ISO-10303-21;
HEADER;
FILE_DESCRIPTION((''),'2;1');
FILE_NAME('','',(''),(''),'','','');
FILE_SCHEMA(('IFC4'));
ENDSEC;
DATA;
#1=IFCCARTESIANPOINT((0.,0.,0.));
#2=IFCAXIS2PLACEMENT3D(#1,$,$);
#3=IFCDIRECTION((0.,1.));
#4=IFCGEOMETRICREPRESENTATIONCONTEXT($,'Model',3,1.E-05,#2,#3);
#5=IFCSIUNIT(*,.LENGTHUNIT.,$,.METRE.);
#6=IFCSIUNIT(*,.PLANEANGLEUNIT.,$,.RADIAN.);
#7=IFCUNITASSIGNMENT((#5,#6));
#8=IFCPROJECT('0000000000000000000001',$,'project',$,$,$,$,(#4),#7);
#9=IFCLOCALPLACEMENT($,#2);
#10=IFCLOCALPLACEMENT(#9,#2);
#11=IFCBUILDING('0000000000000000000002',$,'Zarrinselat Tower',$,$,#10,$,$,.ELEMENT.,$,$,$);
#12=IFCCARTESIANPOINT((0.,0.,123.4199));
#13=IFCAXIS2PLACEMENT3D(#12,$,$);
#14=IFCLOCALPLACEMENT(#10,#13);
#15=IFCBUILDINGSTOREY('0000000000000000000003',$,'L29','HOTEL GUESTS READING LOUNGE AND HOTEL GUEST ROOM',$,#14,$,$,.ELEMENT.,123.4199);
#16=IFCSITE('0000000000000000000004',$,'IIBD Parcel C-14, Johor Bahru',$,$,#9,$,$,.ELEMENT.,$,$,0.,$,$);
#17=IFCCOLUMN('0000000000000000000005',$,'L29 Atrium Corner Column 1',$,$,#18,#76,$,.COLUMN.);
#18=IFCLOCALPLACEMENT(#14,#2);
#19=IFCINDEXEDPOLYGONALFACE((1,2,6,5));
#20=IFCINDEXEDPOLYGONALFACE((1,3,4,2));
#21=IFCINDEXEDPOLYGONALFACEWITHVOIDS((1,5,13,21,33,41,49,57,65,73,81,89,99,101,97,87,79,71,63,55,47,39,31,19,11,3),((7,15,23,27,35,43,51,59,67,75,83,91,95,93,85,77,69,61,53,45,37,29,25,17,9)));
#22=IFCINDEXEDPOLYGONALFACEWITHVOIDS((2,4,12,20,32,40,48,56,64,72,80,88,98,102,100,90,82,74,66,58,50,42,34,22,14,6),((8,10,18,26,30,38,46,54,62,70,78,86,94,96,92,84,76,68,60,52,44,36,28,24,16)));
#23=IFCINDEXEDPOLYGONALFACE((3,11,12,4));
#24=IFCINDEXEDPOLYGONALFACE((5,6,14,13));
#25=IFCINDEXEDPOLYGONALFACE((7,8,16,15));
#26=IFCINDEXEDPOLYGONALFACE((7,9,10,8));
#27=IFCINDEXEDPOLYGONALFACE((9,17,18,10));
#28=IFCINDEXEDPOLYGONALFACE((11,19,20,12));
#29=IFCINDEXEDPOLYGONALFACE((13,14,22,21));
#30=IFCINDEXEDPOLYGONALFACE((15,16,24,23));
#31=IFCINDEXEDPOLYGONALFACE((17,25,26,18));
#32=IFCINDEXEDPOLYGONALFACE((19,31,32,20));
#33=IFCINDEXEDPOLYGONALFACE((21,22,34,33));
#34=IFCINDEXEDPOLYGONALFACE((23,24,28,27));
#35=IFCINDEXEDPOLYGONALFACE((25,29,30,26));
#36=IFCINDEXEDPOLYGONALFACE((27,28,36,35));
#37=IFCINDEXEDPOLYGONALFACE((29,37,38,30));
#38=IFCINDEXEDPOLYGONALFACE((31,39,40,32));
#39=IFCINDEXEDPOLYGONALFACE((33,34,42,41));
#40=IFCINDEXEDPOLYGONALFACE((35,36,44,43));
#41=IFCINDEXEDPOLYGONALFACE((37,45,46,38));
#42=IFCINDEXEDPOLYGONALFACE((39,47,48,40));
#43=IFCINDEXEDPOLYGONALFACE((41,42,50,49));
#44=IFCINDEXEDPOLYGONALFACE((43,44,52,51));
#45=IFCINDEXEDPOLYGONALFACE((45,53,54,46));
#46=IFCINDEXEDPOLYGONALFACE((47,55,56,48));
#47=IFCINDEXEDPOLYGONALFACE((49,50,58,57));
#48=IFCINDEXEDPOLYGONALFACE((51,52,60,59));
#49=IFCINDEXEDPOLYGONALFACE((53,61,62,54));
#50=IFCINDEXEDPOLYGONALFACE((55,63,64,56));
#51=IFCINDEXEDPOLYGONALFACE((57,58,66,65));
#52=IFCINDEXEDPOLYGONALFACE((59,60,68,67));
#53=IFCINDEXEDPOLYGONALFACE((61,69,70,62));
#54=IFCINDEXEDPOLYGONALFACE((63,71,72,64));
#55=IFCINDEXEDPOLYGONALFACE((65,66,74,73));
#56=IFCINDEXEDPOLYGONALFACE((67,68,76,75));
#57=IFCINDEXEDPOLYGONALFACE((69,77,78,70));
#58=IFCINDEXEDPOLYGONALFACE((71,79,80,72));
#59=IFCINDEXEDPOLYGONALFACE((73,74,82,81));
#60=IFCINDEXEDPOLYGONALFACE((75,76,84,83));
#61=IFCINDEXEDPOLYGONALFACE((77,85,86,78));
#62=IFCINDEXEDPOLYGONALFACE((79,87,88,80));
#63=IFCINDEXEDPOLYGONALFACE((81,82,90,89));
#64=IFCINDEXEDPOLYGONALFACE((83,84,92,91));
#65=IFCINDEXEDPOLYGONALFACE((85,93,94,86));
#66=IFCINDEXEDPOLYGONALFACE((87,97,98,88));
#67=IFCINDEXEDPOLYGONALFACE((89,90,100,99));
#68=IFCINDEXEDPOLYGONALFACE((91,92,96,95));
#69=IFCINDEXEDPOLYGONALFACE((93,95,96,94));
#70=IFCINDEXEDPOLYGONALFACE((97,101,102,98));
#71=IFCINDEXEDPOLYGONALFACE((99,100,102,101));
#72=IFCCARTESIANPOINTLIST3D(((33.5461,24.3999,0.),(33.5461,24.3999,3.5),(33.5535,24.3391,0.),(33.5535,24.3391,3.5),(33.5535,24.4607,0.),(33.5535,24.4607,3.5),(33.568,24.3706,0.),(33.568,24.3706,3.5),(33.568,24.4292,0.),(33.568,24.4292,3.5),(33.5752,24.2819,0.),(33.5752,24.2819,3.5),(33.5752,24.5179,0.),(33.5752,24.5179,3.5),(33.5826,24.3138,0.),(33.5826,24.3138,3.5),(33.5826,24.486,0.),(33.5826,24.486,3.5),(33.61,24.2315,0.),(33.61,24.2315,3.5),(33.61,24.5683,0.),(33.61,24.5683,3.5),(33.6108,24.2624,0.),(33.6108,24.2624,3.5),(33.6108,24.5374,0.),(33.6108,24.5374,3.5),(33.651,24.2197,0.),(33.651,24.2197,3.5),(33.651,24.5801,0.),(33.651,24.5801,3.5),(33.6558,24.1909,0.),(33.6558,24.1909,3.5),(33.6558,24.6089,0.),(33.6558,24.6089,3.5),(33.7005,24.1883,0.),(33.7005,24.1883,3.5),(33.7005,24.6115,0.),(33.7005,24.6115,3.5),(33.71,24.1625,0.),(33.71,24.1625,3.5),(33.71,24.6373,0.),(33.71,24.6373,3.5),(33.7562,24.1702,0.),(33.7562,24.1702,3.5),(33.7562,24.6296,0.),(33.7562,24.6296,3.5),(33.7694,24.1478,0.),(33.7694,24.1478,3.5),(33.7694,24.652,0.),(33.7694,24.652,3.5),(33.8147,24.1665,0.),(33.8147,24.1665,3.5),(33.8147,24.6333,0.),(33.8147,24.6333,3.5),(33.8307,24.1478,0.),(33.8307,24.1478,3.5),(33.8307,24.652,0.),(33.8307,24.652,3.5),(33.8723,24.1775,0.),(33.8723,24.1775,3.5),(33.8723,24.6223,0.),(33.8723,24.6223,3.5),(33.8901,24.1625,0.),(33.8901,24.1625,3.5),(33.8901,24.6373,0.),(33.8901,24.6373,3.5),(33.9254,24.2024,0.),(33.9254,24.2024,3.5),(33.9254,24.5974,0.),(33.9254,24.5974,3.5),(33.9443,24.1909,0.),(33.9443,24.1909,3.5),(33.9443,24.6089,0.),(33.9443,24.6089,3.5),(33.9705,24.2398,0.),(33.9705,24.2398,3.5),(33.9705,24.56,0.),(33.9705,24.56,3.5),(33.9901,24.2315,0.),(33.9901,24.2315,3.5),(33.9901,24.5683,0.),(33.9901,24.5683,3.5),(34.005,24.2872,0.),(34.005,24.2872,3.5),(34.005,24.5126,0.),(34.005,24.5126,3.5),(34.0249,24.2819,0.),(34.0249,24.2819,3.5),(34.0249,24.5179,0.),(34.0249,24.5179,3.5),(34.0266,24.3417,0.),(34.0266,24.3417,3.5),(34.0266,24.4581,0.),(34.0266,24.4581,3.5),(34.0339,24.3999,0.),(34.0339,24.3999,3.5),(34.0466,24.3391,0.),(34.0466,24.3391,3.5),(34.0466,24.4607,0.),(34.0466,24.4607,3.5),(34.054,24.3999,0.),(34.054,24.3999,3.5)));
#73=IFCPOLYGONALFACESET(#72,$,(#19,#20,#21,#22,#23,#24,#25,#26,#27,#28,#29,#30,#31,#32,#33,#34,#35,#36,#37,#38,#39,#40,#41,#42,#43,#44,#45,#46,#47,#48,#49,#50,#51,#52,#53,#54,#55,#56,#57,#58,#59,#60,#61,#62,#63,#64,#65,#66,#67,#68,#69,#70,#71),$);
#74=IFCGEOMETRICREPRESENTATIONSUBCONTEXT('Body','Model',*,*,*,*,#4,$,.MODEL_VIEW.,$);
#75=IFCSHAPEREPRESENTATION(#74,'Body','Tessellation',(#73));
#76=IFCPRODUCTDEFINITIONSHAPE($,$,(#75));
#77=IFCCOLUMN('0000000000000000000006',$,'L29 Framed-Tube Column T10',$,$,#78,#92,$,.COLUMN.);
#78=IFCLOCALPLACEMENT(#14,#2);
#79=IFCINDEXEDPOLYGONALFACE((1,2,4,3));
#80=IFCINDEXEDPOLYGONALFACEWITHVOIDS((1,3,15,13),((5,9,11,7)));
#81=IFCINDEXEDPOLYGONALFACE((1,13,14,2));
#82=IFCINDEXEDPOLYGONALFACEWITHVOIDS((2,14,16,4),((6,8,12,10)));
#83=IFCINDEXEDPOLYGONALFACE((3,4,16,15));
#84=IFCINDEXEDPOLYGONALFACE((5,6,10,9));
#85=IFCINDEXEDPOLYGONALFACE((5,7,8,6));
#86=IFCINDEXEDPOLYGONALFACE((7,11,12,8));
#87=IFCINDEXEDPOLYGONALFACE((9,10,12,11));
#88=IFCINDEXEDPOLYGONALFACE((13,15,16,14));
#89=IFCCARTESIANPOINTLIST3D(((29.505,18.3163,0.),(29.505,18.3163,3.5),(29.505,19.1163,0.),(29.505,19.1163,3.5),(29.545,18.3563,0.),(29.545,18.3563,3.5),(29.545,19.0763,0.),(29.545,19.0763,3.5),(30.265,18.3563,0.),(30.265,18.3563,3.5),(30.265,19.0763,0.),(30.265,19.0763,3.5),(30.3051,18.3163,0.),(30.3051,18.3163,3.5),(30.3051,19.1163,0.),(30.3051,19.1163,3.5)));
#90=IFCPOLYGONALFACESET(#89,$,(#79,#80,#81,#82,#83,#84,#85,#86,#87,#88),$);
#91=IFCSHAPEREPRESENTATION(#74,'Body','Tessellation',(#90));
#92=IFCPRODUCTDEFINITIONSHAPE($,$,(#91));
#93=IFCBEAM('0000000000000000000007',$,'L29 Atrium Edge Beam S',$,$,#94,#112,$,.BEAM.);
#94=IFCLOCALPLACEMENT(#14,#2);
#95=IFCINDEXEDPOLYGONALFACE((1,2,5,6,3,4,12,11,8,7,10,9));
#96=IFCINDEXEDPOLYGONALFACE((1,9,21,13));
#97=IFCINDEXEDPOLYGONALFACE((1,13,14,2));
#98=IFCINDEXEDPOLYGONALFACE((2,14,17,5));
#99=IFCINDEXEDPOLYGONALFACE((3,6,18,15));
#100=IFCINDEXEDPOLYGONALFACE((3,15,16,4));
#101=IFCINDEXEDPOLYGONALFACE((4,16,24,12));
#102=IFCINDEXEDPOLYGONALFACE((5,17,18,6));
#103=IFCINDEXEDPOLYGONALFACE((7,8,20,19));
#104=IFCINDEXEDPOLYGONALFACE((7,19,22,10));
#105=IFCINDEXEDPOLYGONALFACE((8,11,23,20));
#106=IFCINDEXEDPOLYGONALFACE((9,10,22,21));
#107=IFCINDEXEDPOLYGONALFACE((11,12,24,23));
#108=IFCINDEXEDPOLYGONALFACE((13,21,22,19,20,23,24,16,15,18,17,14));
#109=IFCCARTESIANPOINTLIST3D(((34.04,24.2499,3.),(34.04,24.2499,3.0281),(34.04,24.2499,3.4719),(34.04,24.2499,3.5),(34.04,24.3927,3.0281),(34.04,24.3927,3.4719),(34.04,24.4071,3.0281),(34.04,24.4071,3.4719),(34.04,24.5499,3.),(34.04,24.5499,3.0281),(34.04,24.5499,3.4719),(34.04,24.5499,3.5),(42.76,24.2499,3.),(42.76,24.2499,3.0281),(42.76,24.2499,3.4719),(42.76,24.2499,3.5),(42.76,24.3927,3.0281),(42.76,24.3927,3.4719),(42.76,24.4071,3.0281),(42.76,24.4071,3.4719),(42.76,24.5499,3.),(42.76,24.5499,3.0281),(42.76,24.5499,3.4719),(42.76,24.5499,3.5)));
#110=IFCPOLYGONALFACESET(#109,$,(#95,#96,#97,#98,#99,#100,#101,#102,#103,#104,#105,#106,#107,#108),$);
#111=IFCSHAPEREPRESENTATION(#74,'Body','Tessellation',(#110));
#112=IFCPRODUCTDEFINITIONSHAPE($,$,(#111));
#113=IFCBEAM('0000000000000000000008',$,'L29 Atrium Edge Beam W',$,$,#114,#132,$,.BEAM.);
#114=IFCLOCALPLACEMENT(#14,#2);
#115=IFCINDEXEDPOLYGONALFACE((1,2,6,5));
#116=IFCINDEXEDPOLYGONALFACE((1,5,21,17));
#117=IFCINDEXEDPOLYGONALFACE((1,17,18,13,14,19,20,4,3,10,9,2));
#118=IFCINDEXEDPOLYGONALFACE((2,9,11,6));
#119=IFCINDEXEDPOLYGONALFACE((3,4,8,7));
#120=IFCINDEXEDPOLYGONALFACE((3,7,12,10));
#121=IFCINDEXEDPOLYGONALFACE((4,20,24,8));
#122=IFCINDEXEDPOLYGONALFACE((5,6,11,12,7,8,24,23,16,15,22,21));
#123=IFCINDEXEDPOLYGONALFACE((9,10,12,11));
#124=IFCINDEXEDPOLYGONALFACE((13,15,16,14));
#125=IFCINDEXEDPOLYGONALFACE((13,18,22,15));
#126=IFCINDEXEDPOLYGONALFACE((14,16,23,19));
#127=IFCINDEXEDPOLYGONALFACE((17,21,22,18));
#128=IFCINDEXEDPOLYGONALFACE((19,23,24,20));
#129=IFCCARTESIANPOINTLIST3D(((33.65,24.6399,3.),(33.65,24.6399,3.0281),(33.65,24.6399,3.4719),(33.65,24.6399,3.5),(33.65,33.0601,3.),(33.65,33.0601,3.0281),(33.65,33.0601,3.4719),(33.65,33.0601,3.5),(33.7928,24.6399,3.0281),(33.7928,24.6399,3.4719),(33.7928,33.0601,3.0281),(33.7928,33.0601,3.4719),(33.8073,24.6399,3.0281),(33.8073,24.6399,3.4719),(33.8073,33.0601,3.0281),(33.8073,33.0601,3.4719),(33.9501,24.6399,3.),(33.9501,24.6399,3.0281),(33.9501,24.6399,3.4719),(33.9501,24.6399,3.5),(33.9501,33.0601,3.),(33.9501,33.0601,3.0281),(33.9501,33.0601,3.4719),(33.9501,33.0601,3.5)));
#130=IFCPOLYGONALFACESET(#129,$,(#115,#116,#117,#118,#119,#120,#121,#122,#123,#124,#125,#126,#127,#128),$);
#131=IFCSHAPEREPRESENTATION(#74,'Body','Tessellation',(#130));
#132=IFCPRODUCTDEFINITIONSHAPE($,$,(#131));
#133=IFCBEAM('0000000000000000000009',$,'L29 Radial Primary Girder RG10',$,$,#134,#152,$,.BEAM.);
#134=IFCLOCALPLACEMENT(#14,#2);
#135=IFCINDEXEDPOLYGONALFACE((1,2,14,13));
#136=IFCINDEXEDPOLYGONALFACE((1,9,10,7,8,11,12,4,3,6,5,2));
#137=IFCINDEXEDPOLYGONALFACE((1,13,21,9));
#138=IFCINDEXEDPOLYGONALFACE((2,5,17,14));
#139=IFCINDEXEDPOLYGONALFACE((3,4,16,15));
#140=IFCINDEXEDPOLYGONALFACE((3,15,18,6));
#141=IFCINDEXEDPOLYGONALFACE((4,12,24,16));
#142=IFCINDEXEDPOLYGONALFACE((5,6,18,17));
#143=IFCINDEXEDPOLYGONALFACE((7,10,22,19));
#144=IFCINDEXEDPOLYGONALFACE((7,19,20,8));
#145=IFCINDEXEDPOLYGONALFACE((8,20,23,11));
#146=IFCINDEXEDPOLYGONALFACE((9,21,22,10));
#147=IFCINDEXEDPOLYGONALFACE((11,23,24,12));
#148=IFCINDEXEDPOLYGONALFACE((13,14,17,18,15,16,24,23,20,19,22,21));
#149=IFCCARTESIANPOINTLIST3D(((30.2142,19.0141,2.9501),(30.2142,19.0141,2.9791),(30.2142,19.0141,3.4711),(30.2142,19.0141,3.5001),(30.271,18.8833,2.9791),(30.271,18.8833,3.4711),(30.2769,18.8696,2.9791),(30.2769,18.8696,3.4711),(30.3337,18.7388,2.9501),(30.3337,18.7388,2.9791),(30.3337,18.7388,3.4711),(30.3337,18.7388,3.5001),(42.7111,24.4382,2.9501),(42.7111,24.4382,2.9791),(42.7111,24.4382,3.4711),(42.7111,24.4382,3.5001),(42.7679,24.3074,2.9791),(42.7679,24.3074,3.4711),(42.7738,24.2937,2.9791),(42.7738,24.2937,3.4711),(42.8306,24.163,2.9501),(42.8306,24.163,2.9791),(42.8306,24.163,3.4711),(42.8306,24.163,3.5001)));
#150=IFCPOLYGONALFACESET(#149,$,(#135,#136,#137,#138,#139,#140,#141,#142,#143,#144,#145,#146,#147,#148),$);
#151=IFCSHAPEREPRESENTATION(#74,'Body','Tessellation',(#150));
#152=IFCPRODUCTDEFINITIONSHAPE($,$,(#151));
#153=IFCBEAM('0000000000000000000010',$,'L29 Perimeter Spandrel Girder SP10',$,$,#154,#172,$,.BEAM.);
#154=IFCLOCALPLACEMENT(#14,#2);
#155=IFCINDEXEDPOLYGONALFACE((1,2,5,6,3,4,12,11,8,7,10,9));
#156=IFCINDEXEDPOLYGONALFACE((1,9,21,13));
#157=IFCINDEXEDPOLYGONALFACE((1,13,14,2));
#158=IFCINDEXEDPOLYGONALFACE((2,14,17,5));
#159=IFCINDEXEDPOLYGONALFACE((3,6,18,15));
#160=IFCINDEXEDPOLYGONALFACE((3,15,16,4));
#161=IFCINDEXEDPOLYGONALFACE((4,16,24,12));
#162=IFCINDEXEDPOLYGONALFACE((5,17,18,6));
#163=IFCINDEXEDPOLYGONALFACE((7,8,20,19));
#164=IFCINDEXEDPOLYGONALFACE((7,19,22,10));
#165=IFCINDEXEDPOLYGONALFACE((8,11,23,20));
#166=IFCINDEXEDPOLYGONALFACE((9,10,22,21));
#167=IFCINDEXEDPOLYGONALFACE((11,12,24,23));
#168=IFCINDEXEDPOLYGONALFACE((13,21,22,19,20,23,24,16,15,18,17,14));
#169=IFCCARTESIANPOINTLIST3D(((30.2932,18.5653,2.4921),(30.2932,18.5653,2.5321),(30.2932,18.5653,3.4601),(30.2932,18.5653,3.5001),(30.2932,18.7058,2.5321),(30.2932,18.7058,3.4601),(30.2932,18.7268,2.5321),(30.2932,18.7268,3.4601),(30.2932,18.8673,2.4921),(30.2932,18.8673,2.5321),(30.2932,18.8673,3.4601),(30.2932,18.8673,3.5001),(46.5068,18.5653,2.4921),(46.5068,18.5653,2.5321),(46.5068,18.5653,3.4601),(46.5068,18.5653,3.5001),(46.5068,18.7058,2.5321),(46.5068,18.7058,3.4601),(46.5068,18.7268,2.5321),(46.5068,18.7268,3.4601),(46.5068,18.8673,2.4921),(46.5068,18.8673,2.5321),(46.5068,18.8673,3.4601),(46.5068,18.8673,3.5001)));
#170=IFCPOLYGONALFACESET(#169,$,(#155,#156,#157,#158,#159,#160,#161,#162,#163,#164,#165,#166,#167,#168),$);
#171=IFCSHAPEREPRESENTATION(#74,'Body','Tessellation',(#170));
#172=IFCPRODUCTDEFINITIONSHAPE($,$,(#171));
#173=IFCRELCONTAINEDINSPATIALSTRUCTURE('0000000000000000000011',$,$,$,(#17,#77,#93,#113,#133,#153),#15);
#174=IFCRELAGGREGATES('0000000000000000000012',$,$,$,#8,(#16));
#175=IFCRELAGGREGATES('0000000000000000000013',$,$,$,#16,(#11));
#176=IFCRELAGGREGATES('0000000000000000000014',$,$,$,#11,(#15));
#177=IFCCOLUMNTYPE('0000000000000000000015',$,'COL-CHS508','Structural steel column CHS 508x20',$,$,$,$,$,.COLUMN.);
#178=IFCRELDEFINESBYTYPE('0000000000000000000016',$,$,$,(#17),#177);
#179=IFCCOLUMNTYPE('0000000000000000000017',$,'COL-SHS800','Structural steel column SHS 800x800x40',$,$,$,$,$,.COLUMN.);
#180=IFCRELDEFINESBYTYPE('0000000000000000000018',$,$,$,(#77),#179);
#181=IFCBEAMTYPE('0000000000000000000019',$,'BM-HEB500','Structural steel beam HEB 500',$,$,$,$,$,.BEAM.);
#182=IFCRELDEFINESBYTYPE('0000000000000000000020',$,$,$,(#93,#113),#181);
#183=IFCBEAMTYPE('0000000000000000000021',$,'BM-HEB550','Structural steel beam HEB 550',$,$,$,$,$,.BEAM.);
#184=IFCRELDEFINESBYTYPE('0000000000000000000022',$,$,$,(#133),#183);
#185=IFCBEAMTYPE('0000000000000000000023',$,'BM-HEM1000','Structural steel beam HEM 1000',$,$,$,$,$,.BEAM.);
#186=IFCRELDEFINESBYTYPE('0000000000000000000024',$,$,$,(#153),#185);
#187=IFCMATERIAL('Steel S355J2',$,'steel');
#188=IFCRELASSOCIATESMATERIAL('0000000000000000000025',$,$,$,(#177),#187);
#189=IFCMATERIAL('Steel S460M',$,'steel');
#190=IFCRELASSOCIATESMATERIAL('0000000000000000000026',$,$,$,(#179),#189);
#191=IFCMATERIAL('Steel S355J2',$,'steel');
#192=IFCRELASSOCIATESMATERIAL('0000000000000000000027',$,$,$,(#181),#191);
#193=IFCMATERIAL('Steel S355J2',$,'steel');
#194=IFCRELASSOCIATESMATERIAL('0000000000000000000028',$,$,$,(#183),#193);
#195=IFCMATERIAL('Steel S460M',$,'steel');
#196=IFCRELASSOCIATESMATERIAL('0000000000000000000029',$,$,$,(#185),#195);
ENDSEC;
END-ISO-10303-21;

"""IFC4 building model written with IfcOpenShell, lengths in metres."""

from ifc_helpers import new_model, si_unit, direction, frame, origin, origin_2d, place, context, subcontext, project, spatial, hollow_rectangle, hollow_circle, i_section, extrude, material, material_profile, profile_set, type_object, element, save


model = new_model("IFC4")

# Units and contexts
model_context = context("Model", 3, precision=1e-05, world=origin(), true_north=direction((0.0, 1.0)))
body_context = subcontext(model_context, "Body", "Model", "MODEL_VIEW")
ifc_project = project(units=[si_unit("LENGTHUNIT", "METRE"), si_unit("PLANEANGLEUNIT", "RADIAN")], contexts=[model_context])

# Site, building, storey
site_placement = place(None, origin())
site = spatial("IfcSite", under=ifc_project, at=site_placement, Name="IIBD Parcel C-14, Johor Bahru", CompositionType="ELEMENT", RefElevation=0.0)
building_placement = place(site_placement, origin())
building = spatial("IfcBuilding", under=site, at=building_placement, Name="Zarrinselat Tower", CompositionType="ELEMENT")
storey_placement = place(building_placement, frame((0.0, 0.0, 123.4199)))
storey = spatial("IfcBuildingStorey", under=building, at=storey_placement, Name="L29", Description="HOTEL GUESTS READING LOUNGE AND HOTEL GUEST ROOM", CompositionType="ELEMENT", Elevation=123.4199)

# Columns
ifc_material_1 = material(Name="Steel S355J2", Category="steel")
ifc_material_profile_1 = material_profile(ifc_material_1, hollow_circle(Radius=0.2539, WallThickness=0.02, at=origin_2d()), Name="CHS 508x20")
ifc_profile_set_1 = profile_set([ifc_material_profile_1], Name="Steel S355J2")
column_type_1 = type_object("IfcColumnType", Name="COL-CHS508", Description="Structural steel column CHS 508x20", PredefinedType="COLUMN", material=ifc_profile_set_1)
column_1_placement = place(storey_placement, frame((33.8, 24.3999, 0.0), z_axis=(0.0, 0.0, 1.0), x_axis=(1.0, 0.0, 0.0)))
element("IfcColumn", 1, at=column_1_placement, inside=storey, type_object=column_type_1, Name="L29 Atrium Corner Column 1", PredefinedType="COLUMN", context=body_context, shape_type="SweptSolid", body=[
    extrude(hollow_circle(Radius=0.2539, WallThickness=0.02, at=origin_2d()), origin(), (0.0, 0.0, 1.0), 3.5),
])
ifc_material_2 = material(Name="Steel S460M", Category="steel")
ifc_material_profile_2 = material_profile(ifc_material_2, hollow_rectangle(XDim=0.8, YDim=0.8, WallThickness=0.04, at=origin_2d()), Name="SHS 800x800x40")
ifc_profile_set_2 = profile_set([ifc_material_profile_2], Name="Steel S460M")
column_type_2 = type_object("IfcColumnType", Name="COL-SHS800", Description="Structural steel column SHS 800x800x40", PredefinedType="COLUMN", material=ifc_profile_set_2)
column_2_placement = place(storey_placement, frame((29.905, 18.7163, 0.0), z_axis=(0.0, 0.0, 1.0), x_axis=(1.0, 0.0, 0.0)))
element("IfcColumn", 2, at=column_2_placement, inside=storey, type_object=column_type_2, Name="L29 Framed-Tube Column T10", PredefinedType="COLUMN", context=body_context, shape_type="SweptSolid", body=[
    extrude(hollow_rectangle(XDim=0.8, YDim=0.8, WallThickness=0.04, at=origin_2d()), origin(), (0.0, 0.0, 1.0), 3.5),
])

# Beams
ifc_material_3 = material(Name="Steel S355J2", Category="steel")
ifc_material_profile_3 = material_profile(ifc_material_3, i_section(OverallWidth=0.3, OverallDepth=0.5, WebThickness=0.0144, FlangeThickness=0.0281, at=origin_2d()), Name="HEB 500")
ifc_profile_set_3 = profile_set([ifc_material_profile_3], Name="Steel S355J2")
beam_type_1 = type_object("IfcBeamType", Name="BM-HEB500", Description="Structural steel beam HEB 500", PredefinedType="BEAM", material=ifc_profile_set_3)
beam_1_placement = place(storey_placement, frame((34.04, 24.3999, 3.25), z_axis=(1.0, 0.0, 0.0), x_axis=(0.0, 1.0, 0.0)))
element("IfcBeam", 3, at=beam_1_placement, inside=storey, type_object=beam_type_1, Name="L29 Atrium Edge Beam S", PredefinedType="BEAM", context=body_context, shape_type="SweptSolid", body=[
    extrude(i_section(OverallWidth=0.3, OverallDepth=0.5, WebThickness=0.0144, FlangeThickness=0.0281, at=origin_2d()), origin(), (0.0, 0.0, 1.0), 8.72),
])
beam_2_placement = place(storey_placement, frame((33.8, 24.6399, 3.25), z_axis=(0.0, 1.0, 0.0), x_axis=(-1.0, 0.0, 0.0)))
element("IfcBeam", 4, at=beam_2_placement, inside=storey, type_object=beam_type_1, Name="L29 Atrium Edge Beam W", PredefinedType="BEAM", context=body_context, shape_type="SweptSolid", body=[
    extrude(i_section(OverallWidth=0.3, OverallDepth=0.5, WebThickness=0.0144, FlangeThickness=0.0281, at=origin_2d()), origin(), (0.0, 0.0, 1.0), 8.4202),
])
ifc_material_4 = material(Name="Steel S355J2", Category="steel")
ifc_material_profile_4 = material_profile(ifc_material_4, i_section(OverallWidth=0.3, OverallDepth=0.55, WebThickness=0.0149, FlangeThickness=0.0291, at=origin_2d()), Name="HEB 550")
ifc_profile_set_4 = profile_set([ifc_material_profile_4], Name="Steel S355J2")
beam_type_2 = type_object("IfcBeamType", Name="BM-HEB550", Description="Structural steel beam HEB 550", PredefinedType="BEAM", material=ifc_profile_set_4)
beam_3_placement = place(storey_placement, frame((30.2739, 18.8765, 3.2251), z_axis=(0.91732, 0.39815, 0.0), x_axis=(-0.39815, 0.91732, 0.0)))
element("IfcBeam", 5, at=beam_3_placement, inside=storey, type_object=beam_type_2, Name="L29 Radial Primary Girder RG10", PredefinedType="BEAM", context=body_context, shape_type="SweptSolid", body=[
    extrude(i_section(OverallWidth=0.3, OverallDepth=0.55, WebThickness=0.0149, FlangeThickness=0.0291, at=origin_2d()), origin(), (0.0, 0.0, 1.0), 13.6233),
])
ifc_material_5 = material(Name="Steel S460M", Category="steel")
ifc_material_profile_5 = material_profile(ifc_material_5, i_section(OverallWidth=0.302, OverallDepth=1.0081, WebThickness=0.021, FlangeThickness=0.04, at=origin_2d()), Name="HEM 1000")
ifc_profile_set_5 = profile_set([ifc_material_profile_5], Name="Steel S460M")
beam_type_3 = type_object("IfcBeamType", Name="BM-HEM1000", Description="Structural steel beam HEM 1000", PredefinedType="BEAM", material=ifc_profile_set_5)
beam_4_placement = place(storey_placement, frame((30.2932, 18.7163, 2.9961), z_axis=(1.0, 0.0, 0.0), x_axis=(0.0, 1.0, 0.0)))
element("IfcBeam", 6, at=beam_4_placement, inside=storey, type_object=beam_type_3, Name="L29 Perimeter Spandrel Girder SP10", PredefinedType="BEAM", context=body_context, shape_type="SweptSolid", body=[
    extrude(i_section(OverallWidth=0.302, OverallDepth=1.0081, WebThickness=0.021, FlangeThickness=0.04, at=origin_2d()), origin(), (0.0, 0.0, 1.0), 16.2136),
])

save(model, "model.ifc")
